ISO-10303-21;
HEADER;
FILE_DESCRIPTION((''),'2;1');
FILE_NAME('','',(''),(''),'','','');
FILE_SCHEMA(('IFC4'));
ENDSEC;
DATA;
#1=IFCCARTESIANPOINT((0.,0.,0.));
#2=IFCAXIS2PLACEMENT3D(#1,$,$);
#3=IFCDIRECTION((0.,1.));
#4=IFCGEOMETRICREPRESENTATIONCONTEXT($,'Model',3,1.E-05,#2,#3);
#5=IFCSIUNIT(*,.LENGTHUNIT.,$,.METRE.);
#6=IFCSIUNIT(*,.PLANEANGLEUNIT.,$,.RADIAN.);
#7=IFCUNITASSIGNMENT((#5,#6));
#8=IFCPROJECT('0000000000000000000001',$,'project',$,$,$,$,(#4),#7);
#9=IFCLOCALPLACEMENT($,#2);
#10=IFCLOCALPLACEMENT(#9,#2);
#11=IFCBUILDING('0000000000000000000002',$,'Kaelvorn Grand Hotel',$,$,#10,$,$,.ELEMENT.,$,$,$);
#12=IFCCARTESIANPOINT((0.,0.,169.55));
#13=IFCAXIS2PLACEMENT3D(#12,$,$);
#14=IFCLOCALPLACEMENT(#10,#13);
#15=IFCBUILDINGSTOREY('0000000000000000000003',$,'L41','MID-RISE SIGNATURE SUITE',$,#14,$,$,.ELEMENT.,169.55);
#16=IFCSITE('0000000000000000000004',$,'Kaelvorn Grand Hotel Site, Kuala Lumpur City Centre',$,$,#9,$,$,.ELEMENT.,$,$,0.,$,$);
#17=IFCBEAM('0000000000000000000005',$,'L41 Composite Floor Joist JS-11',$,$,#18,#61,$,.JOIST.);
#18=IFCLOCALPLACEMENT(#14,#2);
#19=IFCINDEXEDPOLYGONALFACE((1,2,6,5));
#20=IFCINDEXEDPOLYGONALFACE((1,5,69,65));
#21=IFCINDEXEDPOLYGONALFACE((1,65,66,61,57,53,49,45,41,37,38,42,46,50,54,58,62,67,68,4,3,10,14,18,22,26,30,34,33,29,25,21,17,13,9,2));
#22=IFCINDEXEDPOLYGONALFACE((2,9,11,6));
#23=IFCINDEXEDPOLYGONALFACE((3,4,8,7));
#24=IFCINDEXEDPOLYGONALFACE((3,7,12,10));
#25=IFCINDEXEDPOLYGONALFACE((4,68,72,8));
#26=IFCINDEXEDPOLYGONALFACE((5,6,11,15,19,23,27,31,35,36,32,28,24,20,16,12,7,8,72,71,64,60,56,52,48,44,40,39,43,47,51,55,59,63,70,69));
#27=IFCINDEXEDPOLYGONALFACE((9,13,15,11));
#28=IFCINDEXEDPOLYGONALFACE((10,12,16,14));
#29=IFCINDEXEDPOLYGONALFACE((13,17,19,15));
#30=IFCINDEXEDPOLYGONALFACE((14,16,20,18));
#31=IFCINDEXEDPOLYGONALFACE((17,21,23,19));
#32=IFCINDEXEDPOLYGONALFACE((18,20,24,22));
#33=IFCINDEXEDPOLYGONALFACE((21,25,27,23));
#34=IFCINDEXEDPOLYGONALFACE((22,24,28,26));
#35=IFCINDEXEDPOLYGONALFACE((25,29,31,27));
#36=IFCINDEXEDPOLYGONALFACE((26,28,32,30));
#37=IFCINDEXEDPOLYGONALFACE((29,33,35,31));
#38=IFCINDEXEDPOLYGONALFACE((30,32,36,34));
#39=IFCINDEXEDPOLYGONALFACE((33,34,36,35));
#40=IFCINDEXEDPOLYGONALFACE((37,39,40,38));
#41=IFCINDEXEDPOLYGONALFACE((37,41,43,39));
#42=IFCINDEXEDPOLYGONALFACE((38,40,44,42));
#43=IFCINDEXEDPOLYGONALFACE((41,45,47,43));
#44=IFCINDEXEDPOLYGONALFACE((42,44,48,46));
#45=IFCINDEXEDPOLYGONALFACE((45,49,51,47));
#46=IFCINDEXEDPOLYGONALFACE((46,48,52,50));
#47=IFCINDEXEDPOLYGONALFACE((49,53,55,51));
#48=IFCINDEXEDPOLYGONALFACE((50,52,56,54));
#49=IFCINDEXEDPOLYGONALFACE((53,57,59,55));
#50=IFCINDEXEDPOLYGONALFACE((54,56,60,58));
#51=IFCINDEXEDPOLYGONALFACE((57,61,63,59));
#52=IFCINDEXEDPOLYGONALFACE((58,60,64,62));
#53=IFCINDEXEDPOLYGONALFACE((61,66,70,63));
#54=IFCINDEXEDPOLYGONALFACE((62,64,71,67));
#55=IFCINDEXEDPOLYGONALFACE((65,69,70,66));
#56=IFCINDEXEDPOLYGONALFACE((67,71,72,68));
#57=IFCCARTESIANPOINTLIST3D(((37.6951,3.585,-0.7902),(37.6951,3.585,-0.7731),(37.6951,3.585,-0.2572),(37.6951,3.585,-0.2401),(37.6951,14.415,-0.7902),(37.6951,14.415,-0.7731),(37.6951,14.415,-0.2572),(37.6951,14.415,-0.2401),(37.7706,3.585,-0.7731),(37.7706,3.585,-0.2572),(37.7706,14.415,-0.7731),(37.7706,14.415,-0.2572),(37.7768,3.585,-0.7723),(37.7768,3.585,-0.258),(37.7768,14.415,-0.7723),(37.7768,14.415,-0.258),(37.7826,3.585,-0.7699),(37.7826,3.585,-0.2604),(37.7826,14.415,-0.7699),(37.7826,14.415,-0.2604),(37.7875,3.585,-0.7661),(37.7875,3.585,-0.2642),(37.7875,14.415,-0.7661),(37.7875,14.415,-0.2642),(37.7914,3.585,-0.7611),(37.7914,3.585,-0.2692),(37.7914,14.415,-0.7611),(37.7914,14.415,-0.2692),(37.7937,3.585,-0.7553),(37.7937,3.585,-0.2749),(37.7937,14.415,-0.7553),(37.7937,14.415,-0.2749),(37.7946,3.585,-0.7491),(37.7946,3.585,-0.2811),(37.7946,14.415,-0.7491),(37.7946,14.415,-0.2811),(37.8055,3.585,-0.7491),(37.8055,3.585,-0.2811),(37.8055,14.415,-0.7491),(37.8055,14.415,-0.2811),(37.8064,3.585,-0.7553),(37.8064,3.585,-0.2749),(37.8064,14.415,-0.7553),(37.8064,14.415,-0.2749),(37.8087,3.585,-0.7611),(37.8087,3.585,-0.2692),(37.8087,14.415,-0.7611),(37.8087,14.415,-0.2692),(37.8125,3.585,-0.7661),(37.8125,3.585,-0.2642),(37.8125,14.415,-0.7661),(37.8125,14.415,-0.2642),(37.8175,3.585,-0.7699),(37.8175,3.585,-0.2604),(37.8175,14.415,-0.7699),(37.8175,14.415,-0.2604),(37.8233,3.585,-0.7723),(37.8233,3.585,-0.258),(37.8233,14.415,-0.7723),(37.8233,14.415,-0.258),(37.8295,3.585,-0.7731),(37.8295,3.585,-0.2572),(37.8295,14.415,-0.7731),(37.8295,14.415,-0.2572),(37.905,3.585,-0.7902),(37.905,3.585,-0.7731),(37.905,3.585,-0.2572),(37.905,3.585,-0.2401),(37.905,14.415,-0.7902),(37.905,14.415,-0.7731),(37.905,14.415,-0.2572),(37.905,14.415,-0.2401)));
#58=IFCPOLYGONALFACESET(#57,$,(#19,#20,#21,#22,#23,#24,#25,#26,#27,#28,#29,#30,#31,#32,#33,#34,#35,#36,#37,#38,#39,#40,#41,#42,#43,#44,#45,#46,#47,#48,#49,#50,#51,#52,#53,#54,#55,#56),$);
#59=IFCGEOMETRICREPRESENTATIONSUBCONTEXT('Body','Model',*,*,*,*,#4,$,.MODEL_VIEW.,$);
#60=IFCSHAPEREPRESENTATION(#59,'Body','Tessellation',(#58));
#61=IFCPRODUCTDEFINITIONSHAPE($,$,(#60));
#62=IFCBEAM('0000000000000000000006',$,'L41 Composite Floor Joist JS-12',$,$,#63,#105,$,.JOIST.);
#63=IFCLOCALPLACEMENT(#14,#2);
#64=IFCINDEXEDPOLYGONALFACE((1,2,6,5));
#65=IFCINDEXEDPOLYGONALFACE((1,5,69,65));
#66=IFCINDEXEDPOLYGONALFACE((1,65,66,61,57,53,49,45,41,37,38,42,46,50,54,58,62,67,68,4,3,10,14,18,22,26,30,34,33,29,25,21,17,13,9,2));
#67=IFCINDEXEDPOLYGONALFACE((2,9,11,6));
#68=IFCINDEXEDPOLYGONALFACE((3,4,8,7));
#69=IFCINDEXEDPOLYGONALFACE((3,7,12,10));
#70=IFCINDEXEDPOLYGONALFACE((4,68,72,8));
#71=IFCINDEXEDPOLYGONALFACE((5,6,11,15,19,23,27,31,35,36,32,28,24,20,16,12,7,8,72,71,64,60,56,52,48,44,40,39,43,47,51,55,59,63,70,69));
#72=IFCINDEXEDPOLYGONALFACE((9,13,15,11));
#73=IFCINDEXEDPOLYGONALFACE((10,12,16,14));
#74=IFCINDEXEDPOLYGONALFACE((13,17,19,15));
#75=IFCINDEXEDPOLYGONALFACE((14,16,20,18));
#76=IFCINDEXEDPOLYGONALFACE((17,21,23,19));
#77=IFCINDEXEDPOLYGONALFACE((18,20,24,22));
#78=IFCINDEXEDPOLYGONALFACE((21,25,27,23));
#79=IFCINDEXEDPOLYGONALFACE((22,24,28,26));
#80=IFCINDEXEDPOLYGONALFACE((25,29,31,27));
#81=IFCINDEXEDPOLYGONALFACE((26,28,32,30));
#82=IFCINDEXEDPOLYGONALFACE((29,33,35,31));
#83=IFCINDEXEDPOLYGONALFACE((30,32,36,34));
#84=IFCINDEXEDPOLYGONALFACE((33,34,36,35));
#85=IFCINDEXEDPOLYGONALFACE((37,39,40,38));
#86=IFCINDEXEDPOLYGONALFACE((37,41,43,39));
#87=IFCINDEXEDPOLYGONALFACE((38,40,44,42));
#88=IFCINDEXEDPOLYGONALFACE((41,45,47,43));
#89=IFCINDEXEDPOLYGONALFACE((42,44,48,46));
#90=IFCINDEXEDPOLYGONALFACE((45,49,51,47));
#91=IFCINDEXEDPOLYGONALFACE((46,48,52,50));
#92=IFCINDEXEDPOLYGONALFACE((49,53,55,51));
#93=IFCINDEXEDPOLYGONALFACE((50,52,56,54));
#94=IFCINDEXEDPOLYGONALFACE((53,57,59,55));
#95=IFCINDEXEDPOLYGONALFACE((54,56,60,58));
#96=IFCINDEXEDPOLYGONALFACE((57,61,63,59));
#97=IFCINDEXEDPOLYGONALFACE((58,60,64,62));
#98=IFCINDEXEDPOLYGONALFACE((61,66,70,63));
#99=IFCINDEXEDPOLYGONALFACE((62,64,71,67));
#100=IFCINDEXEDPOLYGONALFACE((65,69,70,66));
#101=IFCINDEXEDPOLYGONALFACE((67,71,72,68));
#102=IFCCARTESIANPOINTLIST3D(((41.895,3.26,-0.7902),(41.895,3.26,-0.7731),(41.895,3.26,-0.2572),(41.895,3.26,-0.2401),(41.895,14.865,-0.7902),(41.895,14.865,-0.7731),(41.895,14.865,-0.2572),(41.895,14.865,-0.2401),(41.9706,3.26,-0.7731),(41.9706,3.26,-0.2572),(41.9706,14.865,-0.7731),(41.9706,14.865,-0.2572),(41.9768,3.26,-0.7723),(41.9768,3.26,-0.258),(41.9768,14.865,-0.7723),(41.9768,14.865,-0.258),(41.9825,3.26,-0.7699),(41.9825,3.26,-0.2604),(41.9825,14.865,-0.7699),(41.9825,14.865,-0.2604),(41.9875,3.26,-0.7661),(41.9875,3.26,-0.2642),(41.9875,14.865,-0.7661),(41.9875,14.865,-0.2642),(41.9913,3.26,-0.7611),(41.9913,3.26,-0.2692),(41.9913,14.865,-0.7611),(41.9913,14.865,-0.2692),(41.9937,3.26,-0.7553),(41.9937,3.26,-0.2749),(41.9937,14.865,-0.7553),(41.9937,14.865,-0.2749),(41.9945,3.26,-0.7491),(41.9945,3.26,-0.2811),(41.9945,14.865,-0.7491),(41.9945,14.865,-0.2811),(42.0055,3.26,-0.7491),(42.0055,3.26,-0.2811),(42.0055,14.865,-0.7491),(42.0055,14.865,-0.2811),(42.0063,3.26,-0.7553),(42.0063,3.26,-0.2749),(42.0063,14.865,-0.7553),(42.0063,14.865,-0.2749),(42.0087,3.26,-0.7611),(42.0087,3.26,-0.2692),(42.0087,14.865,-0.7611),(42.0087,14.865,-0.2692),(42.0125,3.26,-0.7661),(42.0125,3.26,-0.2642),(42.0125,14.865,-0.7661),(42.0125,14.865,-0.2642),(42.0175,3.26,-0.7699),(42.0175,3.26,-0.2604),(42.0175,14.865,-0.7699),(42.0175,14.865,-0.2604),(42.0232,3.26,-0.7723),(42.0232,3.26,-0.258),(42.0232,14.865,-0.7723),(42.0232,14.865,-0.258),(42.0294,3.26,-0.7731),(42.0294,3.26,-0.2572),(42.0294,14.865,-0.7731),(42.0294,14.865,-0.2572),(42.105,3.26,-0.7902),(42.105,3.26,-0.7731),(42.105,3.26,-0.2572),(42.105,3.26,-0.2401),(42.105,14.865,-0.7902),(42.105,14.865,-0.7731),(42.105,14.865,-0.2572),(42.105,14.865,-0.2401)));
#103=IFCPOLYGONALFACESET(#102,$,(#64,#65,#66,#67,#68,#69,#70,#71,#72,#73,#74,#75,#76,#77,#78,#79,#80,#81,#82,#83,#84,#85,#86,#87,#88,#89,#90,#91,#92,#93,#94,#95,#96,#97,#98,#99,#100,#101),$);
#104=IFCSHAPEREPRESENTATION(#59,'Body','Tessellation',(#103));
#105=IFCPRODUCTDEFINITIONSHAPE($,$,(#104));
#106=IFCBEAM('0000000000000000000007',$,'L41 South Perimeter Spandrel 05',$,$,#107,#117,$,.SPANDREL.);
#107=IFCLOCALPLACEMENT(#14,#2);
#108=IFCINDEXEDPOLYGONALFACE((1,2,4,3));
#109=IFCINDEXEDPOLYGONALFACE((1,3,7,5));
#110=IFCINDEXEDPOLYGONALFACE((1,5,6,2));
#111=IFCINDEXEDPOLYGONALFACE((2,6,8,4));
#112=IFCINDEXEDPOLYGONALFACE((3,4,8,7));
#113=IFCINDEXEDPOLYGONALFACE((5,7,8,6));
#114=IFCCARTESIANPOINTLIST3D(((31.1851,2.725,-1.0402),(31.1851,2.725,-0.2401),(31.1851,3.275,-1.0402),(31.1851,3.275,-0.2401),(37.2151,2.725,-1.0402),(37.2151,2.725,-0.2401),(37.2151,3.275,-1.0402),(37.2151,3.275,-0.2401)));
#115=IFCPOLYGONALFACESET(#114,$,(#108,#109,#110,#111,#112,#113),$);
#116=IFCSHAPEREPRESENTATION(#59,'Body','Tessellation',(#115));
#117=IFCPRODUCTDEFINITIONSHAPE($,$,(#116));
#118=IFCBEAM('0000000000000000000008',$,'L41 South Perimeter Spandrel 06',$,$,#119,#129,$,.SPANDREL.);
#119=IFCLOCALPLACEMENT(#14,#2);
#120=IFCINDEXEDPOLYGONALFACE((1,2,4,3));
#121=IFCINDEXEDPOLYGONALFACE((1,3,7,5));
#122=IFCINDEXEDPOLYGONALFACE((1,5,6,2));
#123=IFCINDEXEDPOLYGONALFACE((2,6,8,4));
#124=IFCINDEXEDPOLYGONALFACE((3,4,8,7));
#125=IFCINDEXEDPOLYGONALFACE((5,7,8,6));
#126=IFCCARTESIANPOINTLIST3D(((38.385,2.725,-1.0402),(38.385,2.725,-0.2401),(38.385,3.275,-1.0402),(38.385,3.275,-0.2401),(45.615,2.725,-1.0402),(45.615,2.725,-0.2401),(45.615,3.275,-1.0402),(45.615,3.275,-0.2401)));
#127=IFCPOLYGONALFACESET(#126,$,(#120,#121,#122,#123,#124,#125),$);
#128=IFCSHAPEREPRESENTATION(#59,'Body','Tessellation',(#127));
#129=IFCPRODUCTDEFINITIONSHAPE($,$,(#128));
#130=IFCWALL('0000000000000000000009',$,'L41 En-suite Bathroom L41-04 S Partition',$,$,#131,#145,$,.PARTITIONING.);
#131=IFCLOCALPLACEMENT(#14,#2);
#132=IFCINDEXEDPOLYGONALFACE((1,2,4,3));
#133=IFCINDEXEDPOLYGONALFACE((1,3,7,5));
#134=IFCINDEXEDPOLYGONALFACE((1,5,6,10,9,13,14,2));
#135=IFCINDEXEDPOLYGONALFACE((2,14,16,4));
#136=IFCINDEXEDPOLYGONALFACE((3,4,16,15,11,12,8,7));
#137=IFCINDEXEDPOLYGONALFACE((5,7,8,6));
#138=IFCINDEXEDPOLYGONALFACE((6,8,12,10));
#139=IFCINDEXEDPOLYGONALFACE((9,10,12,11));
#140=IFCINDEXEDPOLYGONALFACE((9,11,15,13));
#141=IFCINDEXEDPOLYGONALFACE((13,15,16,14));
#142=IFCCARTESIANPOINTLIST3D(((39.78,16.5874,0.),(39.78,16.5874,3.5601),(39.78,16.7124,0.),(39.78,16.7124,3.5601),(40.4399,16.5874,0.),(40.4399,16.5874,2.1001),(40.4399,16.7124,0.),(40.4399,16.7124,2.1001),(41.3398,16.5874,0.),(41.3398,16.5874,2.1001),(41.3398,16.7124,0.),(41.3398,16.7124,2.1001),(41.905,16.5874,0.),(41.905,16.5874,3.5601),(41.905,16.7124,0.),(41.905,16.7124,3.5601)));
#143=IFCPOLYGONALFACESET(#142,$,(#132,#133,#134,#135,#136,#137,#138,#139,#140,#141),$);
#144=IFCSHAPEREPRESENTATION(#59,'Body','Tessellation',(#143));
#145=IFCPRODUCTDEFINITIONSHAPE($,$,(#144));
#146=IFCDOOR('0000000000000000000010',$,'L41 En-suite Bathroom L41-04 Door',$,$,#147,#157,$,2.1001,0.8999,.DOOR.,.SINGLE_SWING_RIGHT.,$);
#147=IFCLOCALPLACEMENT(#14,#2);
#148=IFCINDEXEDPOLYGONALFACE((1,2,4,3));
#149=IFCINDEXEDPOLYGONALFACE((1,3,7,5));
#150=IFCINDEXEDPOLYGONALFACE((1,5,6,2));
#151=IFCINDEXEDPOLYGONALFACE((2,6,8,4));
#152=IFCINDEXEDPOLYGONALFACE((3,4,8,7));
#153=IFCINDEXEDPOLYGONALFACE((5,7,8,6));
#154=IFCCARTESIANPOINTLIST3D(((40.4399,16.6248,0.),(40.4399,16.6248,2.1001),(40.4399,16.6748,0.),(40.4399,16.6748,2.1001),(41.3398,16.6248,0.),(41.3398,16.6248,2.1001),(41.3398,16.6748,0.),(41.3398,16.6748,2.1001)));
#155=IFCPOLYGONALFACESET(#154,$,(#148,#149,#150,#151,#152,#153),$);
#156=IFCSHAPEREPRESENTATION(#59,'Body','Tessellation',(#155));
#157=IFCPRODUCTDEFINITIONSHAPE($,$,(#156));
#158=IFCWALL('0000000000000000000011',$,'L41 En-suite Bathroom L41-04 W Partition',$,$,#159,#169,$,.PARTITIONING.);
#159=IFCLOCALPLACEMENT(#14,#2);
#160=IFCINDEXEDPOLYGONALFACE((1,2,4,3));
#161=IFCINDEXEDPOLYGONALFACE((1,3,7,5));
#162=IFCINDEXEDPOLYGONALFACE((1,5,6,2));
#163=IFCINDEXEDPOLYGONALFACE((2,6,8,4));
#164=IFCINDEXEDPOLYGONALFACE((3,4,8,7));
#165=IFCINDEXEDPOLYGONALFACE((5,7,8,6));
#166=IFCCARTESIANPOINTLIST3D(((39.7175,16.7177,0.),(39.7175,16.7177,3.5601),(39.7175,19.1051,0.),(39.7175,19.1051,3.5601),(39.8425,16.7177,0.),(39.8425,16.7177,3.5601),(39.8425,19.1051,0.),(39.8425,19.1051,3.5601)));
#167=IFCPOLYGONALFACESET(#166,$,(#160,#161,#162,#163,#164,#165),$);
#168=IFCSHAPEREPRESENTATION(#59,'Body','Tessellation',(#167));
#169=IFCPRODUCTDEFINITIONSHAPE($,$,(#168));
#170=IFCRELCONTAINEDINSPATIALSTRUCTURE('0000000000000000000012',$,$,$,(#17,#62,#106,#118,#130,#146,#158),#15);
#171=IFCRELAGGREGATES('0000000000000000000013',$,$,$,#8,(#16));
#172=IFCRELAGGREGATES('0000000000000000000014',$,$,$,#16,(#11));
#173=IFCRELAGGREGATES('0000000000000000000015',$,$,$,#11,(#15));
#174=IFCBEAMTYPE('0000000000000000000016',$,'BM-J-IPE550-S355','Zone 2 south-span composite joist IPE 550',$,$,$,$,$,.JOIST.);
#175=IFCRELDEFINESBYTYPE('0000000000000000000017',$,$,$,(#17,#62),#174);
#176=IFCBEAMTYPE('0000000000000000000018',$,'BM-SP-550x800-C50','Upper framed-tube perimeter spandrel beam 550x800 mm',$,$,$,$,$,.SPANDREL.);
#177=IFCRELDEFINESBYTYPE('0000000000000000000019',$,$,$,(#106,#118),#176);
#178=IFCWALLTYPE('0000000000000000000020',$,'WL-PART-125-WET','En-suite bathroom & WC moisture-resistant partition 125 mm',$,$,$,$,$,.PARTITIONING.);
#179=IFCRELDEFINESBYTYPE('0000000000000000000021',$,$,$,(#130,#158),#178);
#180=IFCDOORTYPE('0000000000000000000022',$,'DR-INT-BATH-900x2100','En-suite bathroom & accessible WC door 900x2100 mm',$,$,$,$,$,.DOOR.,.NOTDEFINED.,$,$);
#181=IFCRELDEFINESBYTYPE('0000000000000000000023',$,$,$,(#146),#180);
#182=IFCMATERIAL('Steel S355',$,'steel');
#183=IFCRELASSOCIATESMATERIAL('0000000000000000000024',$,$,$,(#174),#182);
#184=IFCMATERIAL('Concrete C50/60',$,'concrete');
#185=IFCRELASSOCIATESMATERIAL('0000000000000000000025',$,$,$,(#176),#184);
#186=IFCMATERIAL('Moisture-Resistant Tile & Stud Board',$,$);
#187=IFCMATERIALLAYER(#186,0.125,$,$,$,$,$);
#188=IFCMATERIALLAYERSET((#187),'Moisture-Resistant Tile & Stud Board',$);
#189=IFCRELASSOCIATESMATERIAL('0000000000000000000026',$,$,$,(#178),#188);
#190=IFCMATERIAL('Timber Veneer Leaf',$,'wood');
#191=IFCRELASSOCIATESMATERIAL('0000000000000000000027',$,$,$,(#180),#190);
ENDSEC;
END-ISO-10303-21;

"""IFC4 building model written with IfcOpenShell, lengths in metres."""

from ifc_helpers import new_model, si_unit, direction, frame, frame_2d, origin, origin_2d, place, context, subcontext, project, spatial, rectangle, i_section, extrude, material, layer, layer_set, material_profile, profile_set, type_object, element, fill, save


model = new_model("IFC4")

# Units and contexts
model_context = context("Model", 3, precision=1e-05, world=origin(), true_north=direction((0.0, 1.0)))
body_context = subcontext(model_context, "Body", "Model", "MODEL_VIEW")
ifc_project = project(units=[si_unit("LENGTHUNIT", "METRE"), si_unit("PLANEANGLEUNIT", "RADIAN")], contexts=[model_context])

# Site, building, storey
site_placement = place(None, origin())
site = spatial("IfcSite", under=ifc_project, at=site_placement, Name="Kaelvorn Grand Hotel Site, Kuala Lumpur City Centre", CompositionType="ELEMENT", RefElevation=0.0)
building_placement = place(site_placement, origin())
building = spatial("IfcBuilding", under=site, at=building_placement, Name="Kaelvorn Grand Hotel", CompositionType="ELEMENT")
storey_placement = place(building_placement, frame((0.0, 0.0, 169.55)))
storey = spatial("IfcBuildingStorey", under=building, at=storey_placement, Name="L41", Description="MID-RISE SIGNATURE SUITE", CompositionType="ELEMENT", Elevation=169.55)

# Beams
ifc_material_1 = material(Name="Steel S355", Category="steel")
ifc_material_profile_1 = material_profile(ifc_material_1, i_section(OverallWidth=0.21, OverallDepth=0.55, WebThickness=0.011, FlangeThickness=0.0171, FilletRadius=0.0239, at=origin_2d()), Name="IPE 550")
ifc_profile_set_1 = profile_set([ifc_material_profile_1], Name="Steel S355")
beam_type_1 = type_object("IfcBeamType", Name="BM-J-IPE550-S355", Description="Zone 2 south-span composite joist IPE 550", PredefinedType="JOIST", material=ifc_profile_set_1)
beam_1_placement = place(storey_placement, frame((37.8, 3.585, -0.5151), z_axis=(0.0, 1.0, 0.0), x_axis=(-1.0, 0.0, 0.0)))
element("IfcBeam", 1, at=beam_1_placement, inside=storey, type_object=beam_type_1, Name="L41 Composite Floor Joist JS-11", PredefinedType="JOIST", context=body_context, shape_type="SweptSolid", body=[
    extrude(i_section(OverallWidth=0.21, OverallDepth=0.55, WebThickness=0.011, FlangeThickness=0.0171, FilletRadius=0.0239, at=origin_2d()), origin(), (0.0, 0.0, 1.0), 10.8301),
])
beam_2_placement = place(storey_placement, frame((42.0, 3.26, -0.5151), z_axis=(0.0, 1.0, 0.0), x_axis=(-1.0, 0.0, 0.0)))
element("IfcBeam", 2, at=beam_2_placement, inside=storey, type_object=beam_type_1, Name="L41 Composite Floor Joist JS-12", PredefinedType="JOIST", context=body_context, shape_type="SweptSolid", body=[
    extrude(i_section(OverallWidth=0.21, OverallDepth=0.55, WebThickness=0.011, FlangeThickness=0.0171, FilletRadius=0.0239, at=origin_2d()), origin(), (0.0, 0.0, 1.0), 11.605),
])
ifc_material_2 = material(Name="Concrete C50/60", Category="concrete")
ifc_material_profile_2 = material_profile(ifc_material_2, rectangle(XDim=0.55, YDim=0.8, at=origin_2d()), Name="RC SPANDREL 550x800")
ifc_profile_set_2 = profile_set([ifc_material_profile_2], Name="Concrete C50/60")
beam_type_2 = type_object("IfcBeamType", Name="BM-SP-550x800-C50", Description="Upper framed-tube perimeter spandrel beam 550x800 mm", PredefinedType="SPANDREL", material=ifc_profile_set_2)
beam_3_placement = place(storey_placement, frame((31.1851, 3.0, -0.6401), z_axis=(1.0, 0.0, 0.0), x_axis=(0.0, 1.0, 0.0)))
element("IfcBeam", 3, at=beam_3_placement, inside=storey, type_object=beam_type_2, Name="L41 South Perimeter Spandrel 05", PredefinedType="SPANDREL", context=body_context, shape_type="SweptSolid", body=[
    extrude(rectangle(XDim=0.55, YDim=0.8, at=origin_2d()), origin(), (0.0, 0.0, 1.0), 6.03),
])
beam_4_placement = place(storey_placement, frame((38.385, 3.0, -0.6401), z_axis=(1.0, 0.0, 0.0), x_axis=(0.0, 1.0, 0.0)))
element("IfcBeam", 4, at=beam_4_placement, inside=storey, type_object=beam_type_2, Name="L41 South Perimeter Spandrel 06", PredefinedType="SPANDREL", context=body_context, shape_type="SweptSolid", body=[
    extrude(rectangle(XDim=0.55, YDim=0.8, at=origin_2d()), origin(), (0.0, 0.0, 1.0), 7.23),
])

# Wall, opening, door
ifc_material_3 = material(Name="Moisture-Resistant Tile & Stud Board")
ifc_layer_1 = layer(ifc_material_3, 0.125)
ifc_layer_set_1 = layer_set([ifc_layer_1], Name="Moisture-Resistant Tile & Stud Board")
wall_type_1 = type_object("IfcWallType", Name="WL-PART-125-WET", Description="En-suite bathroom & WC moisture-resistant partition 125 mm", PredefinedType="PARTITIONING", material=ifc_layer_set_1)
wall_1_placement = place(storey_placement, frame((39.78, 16.6499, 0.0), z_axis=(0.0, 0.0, 1.0), x_axis=(1.0, 0.0, 0.0)))
wall_1 = element("IfcWall", 5, at=wall_1_placement, inside=storey, type_object=wall_type_1, Name="L41 En-suite Bathroom L41-04 S Partition", PredefinedType="PARTITIONING", context=body_context, shape_type="SweptSolid", body=[
    extrude(rectangle(XDim=2.125, YDim=0.125, at=frame_2d((1.0625, 0.0))), origin(), (0.0, 0.0, 1.0), 3.5601),
])
opening_1_placement = place(wall_1_placement, frame((0.6599, 0.0, 0.0)))
opening_1 = element("IfcOpeningElement", 6, at=opening_1_placement, cuts=wall_1, PredefinedType="OPENING", context=body_context, shape_type="SweptSolid", body=[
    extrude(rectangle(XDim=0.8999, YDim=2.1001, at=frame_2d((0.45, 1.05))), frame((0.0, 0.0725, 0.0), z_axis=(0.0, -1.0, 0.0), x_axis=(1.0, 0.0, 0.0)), (0.0, 0.0, 1.0), 0.145),
])
ifc_material_4 = material(Name="Timber Veneer Leaf", Category="wood")
door_type_1 = type_object("IfcDoorType", Name="DR-INT-BATH-900x2100", Description="En-suite bathroom & accessible WC door 900x2100 mm", OperationType="NOTDEFINED", PredefinedType="DOOR", material=ifc_material_4)
door_1_placement = place(opening_1_placement, origin())
door_1 = element("IfcDoor", 7, at=door_1_placement, inside=storey, type_object=door_type_1, Name="L41 En-suite Bathroom L41-04 Door", OperationType="SINGLE_SWING_RIGHT", OverallHeight=2.1001, OverallWidth=0.8999, PredefinedType="DOOR", context=body_context, shape_type="SweptSolid", body=[
    extrude(rectangle(XDim=0.8999, YDim=2.1001, at=frame_2d((0.45, 1.05))), frame((0.0, 0.0249, 0.0), z_axis=(0.0, -1.0, 0.0), x_axis=(1.0, 0.0, 0.0)), (0.0, 0.0, 1.0), 0.05),
])
fill(opening_1, door_1)

# Wall
wall_2_placement = place(storey_placement, frame((39.78, 16.7175, 0.0), z_axis=(0.0, 0.0, 1.0), x_axis=(0.0, 1.0, 0.0)))
element("IfcWall", 8, at=wall_2_placement, inside=storey, type_object=wall_type_1, Name="L41 En-suite Bathroom L41-04 W Partition", PredefinedType="PARTITIONING", context=body_context, shape_type="SweptSolid", body=[
    extrude(rectangle(XDim=2.3875, YDim=0.125, at=frame_2d((1.1938, 0.0))), origin(), (0.0, 0.0, 1.0), 3.5601),
])

save(model, "model.ifc")
